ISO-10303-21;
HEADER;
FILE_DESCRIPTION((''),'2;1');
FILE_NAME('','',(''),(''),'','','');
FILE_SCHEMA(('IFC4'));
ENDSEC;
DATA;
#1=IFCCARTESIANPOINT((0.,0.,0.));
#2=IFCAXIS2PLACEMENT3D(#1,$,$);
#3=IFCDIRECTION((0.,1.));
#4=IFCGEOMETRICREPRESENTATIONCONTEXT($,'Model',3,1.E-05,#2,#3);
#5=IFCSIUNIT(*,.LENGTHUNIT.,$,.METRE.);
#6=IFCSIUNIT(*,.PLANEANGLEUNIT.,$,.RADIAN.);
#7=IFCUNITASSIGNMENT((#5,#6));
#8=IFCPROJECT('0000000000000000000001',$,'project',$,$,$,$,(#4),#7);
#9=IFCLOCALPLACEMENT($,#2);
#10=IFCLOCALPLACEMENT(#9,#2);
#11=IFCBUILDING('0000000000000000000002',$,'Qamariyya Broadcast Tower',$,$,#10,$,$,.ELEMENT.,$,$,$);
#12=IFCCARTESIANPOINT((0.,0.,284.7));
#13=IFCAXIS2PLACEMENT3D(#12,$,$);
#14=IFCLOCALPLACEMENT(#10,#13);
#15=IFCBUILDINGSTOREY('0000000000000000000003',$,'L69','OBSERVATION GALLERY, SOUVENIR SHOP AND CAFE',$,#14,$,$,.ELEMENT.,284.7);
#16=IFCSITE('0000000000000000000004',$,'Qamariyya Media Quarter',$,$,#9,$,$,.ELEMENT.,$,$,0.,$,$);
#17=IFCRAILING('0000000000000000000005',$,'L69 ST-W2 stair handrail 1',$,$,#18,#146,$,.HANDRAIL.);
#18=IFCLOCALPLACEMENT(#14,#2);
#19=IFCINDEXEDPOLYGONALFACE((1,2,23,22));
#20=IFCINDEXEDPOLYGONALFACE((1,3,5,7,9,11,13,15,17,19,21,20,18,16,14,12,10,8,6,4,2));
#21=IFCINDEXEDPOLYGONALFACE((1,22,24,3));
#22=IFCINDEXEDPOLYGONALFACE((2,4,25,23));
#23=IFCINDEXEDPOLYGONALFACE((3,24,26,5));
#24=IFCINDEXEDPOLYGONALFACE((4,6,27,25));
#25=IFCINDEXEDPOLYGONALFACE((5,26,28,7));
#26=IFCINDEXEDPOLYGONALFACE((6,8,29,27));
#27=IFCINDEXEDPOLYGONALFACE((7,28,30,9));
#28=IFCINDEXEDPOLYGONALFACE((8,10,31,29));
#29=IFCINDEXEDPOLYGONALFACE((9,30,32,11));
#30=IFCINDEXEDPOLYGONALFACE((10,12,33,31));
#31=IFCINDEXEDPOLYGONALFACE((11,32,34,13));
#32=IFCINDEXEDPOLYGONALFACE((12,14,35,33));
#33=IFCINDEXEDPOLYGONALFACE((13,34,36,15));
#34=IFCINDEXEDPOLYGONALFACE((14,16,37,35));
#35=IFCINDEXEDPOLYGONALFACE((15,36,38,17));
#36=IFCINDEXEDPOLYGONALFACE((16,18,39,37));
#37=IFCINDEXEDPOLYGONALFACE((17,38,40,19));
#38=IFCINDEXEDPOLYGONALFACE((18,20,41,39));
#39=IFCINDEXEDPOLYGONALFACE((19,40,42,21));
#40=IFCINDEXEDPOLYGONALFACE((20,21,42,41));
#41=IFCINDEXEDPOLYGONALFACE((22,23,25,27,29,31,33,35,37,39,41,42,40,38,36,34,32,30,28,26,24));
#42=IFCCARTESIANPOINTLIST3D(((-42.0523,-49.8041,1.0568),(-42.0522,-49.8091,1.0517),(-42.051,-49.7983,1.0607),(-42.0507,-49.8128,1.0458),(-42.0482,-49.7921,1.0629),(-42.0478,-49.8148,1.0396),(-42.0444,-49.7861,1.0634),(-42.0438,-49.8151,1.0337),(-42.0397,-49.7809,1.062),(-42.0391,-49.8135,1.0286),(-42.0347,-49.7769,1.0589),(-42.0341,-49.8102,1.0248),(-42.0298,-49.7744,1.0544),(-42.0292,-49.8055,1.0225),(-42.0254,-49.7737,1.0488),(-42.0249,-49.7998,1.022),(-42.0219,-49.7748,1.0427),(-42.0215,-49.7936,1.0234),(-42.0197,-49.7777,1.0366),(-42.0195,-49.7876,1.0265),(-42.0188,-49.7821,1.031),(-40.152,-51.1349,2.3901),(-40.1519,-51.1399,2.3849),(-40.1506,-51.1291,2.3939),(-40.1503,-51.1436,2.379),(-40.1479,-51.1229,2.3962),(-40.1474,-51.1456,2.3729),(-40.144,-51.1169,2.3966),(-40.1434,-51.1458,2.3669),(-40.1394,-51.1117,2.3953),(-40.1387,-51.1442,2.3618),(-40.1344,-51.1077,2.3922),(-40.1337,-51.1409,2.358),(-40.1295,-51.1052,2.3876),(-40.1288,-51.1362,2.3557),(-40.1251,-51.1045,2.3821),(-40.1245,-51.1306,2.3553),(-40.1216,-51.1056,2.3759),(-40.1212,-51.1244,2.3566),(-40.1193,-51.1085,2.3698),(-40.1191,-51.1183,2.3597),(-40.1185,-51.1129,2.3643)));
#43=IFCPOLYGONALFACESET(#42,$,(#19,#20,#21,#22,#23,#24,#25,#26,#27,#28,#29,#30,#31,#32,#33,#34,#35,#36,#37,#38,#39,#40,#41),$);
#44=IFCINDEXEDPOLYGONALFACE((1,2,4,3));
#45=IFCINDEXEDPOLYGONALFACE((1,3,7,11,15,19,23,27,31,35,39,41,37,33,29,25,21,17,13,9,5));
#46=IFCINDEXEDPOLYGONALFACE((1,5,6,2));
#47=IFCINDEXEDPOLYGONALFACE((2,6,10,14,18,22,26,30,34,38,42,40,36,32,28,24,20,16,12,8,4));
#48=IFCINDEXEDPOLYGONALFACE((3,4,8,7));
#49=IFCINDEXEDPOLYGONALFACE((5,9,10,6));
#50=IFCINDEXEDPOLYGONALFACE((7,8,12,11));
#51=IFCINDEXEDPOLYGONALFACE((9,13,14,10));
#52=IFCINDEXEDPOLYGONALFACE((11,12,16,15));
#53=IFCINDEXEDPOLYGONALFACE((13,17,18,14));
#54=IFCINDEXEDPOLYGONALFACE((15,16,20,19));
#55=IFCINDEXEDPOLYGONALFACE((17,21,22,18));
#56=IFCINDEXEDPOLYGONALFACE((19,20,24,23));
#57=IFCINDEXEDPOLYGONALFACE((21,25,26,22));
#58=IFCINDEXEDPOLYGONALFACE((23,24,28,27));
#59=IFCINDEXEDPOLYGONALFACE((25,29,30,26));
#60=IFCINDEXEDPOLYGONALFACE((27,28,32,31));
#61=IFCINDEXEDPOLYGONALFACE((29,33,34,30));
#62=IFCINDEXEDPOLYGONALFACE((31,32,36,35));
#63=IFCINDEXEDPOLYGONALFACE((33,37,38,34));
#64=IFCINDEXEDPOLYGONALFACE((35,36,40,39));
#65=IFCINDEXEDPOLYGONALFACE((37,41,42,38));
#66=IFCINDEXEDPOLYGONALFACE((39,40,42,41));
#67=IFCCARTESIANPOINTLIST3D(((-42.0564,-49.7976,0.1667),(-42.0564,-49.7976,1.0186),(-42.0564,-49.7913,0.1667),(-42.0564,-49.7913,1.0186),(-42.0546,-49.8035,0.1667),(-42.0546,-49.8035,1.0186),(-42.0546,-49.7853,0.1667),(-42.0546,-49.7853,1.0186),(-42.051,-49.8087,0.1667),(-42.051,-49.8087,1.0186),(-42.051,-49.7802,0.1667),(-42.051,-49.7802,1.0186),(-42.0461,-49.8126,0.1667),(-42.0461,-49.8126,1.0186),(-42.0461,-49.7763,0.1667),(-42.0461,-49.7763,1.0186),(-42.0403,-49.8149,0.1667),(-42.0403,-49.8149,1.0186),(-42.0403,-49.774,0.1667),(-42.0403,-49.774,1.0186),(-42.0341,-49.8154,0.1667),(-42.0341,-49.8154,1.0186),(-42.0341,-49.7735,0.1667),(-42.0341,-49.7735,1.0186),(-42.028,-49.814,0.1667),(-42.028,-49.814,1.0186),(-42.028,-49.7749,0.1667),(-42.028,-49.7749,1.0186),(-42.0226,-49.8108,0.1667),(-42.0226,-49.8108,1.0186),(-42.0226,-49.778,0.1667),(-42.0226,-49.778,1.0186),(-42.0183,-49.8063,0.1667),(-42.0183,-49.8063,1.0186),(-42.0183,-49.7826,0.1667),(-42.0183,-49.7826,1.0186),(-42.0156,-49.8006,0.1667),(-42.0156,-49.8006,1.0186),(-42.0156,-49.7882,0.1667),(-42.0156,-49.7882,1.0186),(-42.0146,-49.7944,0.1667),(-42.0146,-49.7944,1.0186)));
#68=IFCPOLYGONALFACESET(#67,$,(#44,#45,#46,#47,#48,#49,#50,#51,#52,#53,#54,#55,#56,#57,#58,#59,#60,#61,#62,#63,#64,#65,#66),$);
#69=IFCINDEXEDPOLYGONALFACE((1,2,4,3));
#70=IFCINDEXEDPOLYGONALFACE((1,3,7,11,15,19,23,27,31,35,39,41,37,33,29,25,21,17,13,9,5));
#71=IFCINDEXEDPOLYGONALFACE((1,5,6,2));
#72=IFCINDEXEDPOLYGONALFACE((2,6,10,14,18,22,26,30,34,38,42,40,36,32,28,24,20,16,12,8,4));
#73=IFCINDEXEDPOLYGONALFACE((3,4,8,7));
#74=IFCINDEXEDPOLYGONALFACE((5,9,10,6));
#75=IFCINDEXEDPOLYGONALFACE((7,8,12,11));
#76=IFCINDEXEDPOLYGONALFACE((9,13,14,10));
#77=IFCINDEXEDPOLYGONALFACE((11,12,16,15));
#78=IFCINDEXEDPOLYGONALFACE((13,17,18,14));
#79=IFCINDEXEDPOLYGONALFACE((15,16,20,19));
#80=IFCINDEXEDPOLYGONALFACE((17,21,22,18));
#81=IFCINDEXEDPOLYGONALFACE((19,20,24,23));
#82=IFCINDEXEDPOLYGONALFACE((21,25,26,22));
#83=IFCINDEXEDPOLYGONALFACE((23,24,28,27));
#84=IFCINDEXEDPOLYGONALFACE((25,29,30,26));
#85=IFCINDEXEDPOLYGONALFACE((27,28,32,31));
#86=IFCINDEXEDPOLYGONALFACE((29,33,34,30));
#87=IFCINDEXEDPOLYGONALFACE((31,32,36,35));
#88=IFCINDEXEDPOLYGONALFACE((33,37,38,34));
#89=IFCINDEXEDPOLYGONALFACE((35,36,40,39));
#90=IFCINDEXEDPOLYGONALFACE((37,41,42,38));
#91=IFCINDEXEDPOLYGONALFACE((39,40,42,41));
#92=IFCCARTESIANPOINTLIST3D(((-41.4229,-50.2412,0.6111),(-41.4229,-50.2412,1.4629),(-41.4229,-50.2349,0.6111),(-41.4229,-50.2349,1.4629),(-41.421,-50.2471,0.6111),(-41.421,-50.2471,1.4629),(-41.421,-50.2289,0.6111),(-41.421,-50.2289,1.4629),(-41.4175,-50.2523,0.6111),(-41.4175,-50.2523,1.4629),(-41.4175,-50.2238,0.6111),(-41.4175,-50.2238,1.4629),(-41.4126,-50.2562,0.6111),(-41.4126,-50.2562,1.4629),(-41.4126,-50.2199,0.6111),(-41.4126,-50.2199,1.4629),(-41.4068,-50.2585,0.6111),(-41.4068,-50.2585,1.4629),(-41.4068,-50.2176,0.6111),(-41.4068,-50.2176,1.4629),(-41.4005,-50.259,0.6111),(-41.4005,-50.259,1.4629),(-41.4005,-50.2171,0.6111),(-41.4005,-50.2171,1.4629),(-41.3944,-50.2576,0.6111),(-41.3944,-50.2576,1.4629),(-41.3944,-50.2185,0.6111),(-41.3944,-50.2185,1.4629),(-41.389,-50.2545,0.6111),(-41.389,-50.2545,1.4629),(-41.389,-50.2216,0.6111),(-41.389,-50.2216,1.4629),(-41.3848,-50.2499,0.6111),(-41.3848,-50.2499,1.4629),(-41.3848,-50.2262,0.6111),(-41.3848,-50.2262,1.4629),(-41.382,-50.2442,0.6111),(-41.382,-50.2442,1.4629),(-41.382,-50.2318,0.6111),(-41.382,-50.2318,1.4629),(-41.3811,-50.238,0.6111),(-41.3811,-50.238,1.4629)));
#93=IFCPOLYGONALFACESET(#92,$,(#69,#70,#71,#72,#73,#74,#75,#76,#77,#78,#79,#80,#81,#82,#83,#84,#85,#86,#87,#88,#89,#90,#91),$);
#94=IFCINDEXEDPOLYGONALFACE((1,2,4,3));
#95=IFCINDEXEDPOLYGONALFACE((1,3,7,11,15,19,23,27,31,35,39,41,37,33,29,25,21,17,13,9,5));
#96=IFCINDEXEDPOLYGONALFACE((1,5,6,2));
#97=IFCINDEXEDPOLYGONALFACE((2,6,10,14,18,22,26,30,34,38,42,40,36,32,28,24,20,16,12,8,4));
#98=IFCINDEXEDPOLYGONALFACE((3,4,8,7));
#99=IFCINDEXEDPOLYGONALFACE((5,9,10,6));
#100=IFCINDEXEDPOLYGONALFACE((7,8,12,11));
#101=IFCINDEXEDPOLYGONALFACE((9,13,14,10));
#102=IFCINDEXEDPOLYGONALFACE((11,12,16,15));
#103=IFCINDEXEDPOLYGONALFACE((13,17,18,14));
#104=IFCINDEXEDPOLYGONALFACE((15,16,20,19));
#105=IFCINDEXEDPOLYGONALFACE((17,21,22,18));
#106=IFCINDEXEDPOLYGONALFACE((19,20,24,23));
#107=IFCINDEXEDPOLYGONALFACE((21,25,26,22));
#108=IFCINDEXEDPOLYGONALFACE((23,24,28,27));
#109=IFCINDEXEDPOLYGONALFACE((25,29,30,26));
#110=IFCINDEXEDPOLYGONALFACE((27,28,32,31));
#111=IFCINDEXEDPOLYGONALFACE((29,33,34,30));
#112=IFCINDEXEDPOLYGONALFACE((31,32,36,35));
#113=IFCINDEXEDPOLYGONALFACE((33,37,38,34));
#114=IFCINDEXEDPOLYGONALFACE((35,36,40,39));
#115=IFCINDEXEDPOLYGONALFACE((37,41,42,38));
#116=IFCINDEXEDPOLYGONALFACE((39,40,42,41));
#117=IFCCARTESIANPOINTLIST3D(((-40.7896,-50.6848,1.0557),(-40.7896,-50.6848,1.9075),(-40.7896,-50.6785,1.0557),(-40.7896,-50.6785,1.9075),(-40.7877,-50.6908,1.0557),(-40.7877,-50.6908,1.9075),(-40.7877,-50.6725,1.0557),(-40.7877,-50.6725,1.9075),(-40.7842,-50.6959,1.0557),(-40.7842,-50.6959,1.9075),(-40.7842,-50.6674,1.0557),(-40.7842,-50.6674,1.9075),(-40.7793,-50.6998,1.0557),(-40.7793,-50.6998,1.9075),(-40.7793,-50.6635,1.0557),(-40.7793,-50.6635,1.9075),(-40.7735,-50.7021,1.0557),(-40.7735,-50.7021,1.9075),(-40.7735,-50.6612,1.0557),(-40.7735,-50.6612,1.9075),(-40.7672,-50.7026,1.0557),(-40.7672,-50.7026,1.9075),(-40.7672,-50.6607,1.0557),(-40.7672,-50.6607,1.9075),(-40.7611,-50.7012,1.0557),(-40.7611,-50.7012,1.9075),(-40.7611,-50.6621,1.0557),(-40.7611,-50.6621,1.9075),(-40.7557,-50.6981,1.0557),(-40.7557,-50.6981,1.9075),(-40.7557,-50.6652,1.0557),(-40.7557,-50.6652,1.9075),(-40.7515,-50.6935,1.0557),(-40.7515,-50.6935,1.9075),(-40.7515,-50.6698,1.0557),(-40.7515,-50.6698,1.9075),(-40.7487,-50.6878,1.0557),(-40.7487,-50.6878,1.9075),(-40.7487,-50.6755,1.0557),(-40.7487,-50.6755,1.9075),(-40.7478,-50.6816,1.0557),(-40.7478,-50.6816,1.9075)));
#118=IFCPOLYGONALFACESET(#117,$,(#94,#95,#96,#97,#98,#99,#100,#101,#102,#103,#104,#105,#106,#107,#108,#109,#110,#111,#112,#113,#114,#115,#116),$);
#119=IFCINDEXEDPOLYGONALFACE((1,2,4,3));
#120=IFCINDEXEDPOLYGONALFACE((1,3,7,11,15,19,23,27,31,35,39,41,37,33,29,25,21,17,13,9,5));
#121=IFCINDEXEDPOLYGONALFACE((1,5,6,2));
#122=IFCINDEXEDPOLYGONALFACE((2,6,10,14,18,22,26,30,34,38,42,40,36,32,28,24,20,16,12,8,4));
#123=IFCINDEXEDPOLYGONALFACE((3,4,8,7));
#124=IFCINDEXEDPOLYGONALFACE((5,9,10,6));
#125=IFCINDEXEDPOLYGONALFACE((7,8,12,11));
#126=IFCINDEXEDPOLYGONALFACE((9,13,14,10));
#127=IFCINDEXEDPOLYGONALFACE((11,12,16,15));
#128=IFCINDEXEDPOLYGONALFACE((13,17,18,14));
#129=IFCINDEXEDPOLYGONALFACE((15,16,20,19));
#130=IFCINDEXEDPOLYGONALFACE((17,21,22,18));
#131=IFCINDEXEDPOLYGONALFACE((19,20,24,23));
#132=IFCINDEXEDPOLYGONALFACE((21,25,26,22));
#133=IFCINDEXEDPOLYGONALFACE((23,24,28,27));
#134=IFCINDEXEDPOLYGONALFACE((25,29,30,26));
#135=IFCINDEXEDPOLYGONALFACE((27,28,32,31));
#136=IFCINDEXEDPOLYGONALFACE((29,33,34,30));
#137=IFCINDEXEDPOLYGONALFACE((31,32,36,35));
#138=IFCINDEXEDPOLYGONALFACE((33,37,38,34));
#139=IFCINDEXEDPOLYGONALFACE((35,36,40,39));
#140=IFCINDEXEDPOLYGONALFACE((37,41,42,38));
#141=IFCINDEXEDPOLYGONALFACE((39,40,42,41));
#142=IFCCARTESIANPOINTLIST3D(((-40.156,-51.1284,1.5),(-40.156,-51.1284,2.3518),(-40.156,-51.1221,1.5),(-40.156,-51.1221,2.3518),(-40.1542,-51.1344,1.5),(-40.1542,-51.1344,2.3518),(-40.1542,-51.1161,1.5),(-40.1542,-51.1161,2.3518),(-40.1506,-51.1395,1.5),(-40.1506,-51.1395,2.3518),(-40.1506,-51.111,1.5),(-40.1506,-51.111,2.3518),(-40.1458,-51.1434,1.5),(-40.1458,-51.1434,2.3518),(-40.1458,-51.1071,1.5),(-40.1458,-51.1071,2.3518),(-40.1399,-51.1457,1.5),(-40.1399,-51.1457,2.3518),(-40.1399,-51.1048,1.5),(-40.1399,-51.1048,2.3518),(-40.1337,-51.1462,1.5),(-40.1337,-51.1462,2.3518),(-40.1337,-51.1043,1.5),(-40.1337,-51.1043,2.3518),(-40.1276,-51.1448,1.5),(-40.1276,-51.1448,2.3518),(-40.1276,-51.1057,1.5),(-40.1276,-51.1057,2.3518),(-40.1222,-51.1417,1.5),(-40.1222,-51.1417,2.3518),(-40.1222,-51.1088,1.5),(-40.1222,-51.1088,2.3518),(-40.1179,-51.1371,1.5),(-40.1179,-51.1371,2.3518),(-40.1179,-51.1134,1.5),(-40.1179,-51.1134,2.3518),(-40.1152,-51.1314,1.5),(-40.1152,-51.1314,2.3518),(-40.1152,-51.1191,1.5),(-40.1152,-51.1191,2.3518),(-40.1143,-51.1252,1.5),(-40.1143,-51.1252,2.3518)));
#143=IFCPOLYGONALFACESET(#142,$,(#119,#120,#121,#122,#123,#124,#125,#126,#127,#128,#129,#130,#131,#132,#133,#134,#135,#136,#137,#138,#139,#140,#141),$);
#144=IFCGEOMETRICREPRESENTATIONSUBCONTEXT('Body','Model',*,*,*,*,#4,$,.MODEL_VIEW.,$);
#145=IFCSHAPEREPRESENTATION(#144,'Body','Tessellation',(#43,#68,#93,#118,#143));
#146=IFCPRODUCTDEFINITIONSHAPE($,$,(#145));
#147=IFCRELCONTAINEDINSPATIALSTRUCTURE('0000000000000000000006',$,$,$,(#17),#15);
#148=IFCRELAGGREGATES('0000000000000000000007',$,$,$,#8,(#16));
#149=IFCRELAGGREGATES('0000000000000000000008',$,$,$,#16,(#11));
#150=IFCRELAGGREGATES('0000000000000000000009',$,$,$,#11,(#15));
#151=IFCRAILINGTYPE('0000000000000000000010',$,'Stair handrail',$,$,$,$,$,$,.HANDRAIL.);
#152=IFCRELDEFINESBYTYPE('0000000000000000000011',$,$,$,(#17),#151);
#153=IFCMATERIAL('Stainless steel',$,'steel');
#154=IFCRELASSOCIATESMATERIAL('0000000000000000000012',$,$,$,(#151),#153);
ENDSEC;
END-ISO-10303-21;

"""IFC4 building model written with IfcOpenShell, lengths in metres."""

from ifc_helpers import new_model, si_unit, direction, frame, origin, origin_2d, place, context, subcontext, project, spatial, circle, extrude, material, type_object, element, save


model = new_model("IFC4")

# Units and contexts
model_context = context("Model", 3, precision=1e-05, world=origin(), true_north=direction((0.0, 1.0)))
body_context = subcontext(model_context, "Body", "Model", "MODEL_VIEW")
ifc_project = project(units=[si_unit("LENGTHUNIT", "METRE"), si_unit("PLANEANGLEUNIT", "RADIAN")], contexts=[model_context])

# Site, building, storey
site_placement = place(None, origin())
site = spatial("IfcSite", under=ifc_project, at=site_placement, Name="Qamariyya Media Quarter", CompositionType="ELEMENT", RefElevation=0.0)
building_placement = place(site_placement, origin())
building = spatial("IfcBuilding", under=site, at=building_placement, Name="Qamariyya Broadcast Tower", CompositionType="ELEMENT")
storey_placement = place(building_placement, frame((0.0, 0.0, 284.7)))
storey = spatial("IfcBuildingStorey", under=building, at=storey_placement, Name="L69", Description="OBSERVATION GALLERY, SOUVENIR SHOP AND CAFE", CompositionType="ELEMENT", Elevation=284.7)

# Railing
ifc_material_1 = material(Name="Stainless steel", Category="steel")
railing_type_1 = type_object("IfcRailingType", Name="Stair handrail", PredefinedType="HANDRAIL", material=ifc_material_1)
railing_1_placement = place(storey_placement, frame((-42.0356, -49.7944, 0.1667)))
element("IfcRailing", 1, at=railing_1_placement, inside=storey, type_object=railing_type_1, Name="L69 ST-W2 stair handrail 1", PredefinedType="HANDRAIL", context=body_context, shape_type="SweptSolid", body=[
    extrude(circle(Radius=0.0239, at=origin_2d()), frame((0.0, 0.0, 0.876), z_axis=(0.710204, -0.497344, 0.498256), x_axis=(0.573618, 0.819123, 0.0)), (0.0, 0.0, 1.0), 2.6758),
    extrude(circle(Radius=0.021, at=origin_2d()), origin(), (0.0, 0.0, 1.0), 0.8518),
    extrude(circle(Radius=0.021, at=origin_2d()), frame((0.6335, -0.4436, 0.4443)), (0.0, 0.0, 1.0), 0.8518),
    extrude(circle(Radius=0.021, at=origin_2d()), frame((1.2668, -0.8872, 0.8889)), (0.0, 0.0, 1.0), 0.8518),
    extrude(circle(Radius=0.021, at=origin_2d()), frame((1.9004, -1.3308, 1.3333)), (0.0, 0.0, 1.0), 0.8518),
])

save(model, "model.ifc")
